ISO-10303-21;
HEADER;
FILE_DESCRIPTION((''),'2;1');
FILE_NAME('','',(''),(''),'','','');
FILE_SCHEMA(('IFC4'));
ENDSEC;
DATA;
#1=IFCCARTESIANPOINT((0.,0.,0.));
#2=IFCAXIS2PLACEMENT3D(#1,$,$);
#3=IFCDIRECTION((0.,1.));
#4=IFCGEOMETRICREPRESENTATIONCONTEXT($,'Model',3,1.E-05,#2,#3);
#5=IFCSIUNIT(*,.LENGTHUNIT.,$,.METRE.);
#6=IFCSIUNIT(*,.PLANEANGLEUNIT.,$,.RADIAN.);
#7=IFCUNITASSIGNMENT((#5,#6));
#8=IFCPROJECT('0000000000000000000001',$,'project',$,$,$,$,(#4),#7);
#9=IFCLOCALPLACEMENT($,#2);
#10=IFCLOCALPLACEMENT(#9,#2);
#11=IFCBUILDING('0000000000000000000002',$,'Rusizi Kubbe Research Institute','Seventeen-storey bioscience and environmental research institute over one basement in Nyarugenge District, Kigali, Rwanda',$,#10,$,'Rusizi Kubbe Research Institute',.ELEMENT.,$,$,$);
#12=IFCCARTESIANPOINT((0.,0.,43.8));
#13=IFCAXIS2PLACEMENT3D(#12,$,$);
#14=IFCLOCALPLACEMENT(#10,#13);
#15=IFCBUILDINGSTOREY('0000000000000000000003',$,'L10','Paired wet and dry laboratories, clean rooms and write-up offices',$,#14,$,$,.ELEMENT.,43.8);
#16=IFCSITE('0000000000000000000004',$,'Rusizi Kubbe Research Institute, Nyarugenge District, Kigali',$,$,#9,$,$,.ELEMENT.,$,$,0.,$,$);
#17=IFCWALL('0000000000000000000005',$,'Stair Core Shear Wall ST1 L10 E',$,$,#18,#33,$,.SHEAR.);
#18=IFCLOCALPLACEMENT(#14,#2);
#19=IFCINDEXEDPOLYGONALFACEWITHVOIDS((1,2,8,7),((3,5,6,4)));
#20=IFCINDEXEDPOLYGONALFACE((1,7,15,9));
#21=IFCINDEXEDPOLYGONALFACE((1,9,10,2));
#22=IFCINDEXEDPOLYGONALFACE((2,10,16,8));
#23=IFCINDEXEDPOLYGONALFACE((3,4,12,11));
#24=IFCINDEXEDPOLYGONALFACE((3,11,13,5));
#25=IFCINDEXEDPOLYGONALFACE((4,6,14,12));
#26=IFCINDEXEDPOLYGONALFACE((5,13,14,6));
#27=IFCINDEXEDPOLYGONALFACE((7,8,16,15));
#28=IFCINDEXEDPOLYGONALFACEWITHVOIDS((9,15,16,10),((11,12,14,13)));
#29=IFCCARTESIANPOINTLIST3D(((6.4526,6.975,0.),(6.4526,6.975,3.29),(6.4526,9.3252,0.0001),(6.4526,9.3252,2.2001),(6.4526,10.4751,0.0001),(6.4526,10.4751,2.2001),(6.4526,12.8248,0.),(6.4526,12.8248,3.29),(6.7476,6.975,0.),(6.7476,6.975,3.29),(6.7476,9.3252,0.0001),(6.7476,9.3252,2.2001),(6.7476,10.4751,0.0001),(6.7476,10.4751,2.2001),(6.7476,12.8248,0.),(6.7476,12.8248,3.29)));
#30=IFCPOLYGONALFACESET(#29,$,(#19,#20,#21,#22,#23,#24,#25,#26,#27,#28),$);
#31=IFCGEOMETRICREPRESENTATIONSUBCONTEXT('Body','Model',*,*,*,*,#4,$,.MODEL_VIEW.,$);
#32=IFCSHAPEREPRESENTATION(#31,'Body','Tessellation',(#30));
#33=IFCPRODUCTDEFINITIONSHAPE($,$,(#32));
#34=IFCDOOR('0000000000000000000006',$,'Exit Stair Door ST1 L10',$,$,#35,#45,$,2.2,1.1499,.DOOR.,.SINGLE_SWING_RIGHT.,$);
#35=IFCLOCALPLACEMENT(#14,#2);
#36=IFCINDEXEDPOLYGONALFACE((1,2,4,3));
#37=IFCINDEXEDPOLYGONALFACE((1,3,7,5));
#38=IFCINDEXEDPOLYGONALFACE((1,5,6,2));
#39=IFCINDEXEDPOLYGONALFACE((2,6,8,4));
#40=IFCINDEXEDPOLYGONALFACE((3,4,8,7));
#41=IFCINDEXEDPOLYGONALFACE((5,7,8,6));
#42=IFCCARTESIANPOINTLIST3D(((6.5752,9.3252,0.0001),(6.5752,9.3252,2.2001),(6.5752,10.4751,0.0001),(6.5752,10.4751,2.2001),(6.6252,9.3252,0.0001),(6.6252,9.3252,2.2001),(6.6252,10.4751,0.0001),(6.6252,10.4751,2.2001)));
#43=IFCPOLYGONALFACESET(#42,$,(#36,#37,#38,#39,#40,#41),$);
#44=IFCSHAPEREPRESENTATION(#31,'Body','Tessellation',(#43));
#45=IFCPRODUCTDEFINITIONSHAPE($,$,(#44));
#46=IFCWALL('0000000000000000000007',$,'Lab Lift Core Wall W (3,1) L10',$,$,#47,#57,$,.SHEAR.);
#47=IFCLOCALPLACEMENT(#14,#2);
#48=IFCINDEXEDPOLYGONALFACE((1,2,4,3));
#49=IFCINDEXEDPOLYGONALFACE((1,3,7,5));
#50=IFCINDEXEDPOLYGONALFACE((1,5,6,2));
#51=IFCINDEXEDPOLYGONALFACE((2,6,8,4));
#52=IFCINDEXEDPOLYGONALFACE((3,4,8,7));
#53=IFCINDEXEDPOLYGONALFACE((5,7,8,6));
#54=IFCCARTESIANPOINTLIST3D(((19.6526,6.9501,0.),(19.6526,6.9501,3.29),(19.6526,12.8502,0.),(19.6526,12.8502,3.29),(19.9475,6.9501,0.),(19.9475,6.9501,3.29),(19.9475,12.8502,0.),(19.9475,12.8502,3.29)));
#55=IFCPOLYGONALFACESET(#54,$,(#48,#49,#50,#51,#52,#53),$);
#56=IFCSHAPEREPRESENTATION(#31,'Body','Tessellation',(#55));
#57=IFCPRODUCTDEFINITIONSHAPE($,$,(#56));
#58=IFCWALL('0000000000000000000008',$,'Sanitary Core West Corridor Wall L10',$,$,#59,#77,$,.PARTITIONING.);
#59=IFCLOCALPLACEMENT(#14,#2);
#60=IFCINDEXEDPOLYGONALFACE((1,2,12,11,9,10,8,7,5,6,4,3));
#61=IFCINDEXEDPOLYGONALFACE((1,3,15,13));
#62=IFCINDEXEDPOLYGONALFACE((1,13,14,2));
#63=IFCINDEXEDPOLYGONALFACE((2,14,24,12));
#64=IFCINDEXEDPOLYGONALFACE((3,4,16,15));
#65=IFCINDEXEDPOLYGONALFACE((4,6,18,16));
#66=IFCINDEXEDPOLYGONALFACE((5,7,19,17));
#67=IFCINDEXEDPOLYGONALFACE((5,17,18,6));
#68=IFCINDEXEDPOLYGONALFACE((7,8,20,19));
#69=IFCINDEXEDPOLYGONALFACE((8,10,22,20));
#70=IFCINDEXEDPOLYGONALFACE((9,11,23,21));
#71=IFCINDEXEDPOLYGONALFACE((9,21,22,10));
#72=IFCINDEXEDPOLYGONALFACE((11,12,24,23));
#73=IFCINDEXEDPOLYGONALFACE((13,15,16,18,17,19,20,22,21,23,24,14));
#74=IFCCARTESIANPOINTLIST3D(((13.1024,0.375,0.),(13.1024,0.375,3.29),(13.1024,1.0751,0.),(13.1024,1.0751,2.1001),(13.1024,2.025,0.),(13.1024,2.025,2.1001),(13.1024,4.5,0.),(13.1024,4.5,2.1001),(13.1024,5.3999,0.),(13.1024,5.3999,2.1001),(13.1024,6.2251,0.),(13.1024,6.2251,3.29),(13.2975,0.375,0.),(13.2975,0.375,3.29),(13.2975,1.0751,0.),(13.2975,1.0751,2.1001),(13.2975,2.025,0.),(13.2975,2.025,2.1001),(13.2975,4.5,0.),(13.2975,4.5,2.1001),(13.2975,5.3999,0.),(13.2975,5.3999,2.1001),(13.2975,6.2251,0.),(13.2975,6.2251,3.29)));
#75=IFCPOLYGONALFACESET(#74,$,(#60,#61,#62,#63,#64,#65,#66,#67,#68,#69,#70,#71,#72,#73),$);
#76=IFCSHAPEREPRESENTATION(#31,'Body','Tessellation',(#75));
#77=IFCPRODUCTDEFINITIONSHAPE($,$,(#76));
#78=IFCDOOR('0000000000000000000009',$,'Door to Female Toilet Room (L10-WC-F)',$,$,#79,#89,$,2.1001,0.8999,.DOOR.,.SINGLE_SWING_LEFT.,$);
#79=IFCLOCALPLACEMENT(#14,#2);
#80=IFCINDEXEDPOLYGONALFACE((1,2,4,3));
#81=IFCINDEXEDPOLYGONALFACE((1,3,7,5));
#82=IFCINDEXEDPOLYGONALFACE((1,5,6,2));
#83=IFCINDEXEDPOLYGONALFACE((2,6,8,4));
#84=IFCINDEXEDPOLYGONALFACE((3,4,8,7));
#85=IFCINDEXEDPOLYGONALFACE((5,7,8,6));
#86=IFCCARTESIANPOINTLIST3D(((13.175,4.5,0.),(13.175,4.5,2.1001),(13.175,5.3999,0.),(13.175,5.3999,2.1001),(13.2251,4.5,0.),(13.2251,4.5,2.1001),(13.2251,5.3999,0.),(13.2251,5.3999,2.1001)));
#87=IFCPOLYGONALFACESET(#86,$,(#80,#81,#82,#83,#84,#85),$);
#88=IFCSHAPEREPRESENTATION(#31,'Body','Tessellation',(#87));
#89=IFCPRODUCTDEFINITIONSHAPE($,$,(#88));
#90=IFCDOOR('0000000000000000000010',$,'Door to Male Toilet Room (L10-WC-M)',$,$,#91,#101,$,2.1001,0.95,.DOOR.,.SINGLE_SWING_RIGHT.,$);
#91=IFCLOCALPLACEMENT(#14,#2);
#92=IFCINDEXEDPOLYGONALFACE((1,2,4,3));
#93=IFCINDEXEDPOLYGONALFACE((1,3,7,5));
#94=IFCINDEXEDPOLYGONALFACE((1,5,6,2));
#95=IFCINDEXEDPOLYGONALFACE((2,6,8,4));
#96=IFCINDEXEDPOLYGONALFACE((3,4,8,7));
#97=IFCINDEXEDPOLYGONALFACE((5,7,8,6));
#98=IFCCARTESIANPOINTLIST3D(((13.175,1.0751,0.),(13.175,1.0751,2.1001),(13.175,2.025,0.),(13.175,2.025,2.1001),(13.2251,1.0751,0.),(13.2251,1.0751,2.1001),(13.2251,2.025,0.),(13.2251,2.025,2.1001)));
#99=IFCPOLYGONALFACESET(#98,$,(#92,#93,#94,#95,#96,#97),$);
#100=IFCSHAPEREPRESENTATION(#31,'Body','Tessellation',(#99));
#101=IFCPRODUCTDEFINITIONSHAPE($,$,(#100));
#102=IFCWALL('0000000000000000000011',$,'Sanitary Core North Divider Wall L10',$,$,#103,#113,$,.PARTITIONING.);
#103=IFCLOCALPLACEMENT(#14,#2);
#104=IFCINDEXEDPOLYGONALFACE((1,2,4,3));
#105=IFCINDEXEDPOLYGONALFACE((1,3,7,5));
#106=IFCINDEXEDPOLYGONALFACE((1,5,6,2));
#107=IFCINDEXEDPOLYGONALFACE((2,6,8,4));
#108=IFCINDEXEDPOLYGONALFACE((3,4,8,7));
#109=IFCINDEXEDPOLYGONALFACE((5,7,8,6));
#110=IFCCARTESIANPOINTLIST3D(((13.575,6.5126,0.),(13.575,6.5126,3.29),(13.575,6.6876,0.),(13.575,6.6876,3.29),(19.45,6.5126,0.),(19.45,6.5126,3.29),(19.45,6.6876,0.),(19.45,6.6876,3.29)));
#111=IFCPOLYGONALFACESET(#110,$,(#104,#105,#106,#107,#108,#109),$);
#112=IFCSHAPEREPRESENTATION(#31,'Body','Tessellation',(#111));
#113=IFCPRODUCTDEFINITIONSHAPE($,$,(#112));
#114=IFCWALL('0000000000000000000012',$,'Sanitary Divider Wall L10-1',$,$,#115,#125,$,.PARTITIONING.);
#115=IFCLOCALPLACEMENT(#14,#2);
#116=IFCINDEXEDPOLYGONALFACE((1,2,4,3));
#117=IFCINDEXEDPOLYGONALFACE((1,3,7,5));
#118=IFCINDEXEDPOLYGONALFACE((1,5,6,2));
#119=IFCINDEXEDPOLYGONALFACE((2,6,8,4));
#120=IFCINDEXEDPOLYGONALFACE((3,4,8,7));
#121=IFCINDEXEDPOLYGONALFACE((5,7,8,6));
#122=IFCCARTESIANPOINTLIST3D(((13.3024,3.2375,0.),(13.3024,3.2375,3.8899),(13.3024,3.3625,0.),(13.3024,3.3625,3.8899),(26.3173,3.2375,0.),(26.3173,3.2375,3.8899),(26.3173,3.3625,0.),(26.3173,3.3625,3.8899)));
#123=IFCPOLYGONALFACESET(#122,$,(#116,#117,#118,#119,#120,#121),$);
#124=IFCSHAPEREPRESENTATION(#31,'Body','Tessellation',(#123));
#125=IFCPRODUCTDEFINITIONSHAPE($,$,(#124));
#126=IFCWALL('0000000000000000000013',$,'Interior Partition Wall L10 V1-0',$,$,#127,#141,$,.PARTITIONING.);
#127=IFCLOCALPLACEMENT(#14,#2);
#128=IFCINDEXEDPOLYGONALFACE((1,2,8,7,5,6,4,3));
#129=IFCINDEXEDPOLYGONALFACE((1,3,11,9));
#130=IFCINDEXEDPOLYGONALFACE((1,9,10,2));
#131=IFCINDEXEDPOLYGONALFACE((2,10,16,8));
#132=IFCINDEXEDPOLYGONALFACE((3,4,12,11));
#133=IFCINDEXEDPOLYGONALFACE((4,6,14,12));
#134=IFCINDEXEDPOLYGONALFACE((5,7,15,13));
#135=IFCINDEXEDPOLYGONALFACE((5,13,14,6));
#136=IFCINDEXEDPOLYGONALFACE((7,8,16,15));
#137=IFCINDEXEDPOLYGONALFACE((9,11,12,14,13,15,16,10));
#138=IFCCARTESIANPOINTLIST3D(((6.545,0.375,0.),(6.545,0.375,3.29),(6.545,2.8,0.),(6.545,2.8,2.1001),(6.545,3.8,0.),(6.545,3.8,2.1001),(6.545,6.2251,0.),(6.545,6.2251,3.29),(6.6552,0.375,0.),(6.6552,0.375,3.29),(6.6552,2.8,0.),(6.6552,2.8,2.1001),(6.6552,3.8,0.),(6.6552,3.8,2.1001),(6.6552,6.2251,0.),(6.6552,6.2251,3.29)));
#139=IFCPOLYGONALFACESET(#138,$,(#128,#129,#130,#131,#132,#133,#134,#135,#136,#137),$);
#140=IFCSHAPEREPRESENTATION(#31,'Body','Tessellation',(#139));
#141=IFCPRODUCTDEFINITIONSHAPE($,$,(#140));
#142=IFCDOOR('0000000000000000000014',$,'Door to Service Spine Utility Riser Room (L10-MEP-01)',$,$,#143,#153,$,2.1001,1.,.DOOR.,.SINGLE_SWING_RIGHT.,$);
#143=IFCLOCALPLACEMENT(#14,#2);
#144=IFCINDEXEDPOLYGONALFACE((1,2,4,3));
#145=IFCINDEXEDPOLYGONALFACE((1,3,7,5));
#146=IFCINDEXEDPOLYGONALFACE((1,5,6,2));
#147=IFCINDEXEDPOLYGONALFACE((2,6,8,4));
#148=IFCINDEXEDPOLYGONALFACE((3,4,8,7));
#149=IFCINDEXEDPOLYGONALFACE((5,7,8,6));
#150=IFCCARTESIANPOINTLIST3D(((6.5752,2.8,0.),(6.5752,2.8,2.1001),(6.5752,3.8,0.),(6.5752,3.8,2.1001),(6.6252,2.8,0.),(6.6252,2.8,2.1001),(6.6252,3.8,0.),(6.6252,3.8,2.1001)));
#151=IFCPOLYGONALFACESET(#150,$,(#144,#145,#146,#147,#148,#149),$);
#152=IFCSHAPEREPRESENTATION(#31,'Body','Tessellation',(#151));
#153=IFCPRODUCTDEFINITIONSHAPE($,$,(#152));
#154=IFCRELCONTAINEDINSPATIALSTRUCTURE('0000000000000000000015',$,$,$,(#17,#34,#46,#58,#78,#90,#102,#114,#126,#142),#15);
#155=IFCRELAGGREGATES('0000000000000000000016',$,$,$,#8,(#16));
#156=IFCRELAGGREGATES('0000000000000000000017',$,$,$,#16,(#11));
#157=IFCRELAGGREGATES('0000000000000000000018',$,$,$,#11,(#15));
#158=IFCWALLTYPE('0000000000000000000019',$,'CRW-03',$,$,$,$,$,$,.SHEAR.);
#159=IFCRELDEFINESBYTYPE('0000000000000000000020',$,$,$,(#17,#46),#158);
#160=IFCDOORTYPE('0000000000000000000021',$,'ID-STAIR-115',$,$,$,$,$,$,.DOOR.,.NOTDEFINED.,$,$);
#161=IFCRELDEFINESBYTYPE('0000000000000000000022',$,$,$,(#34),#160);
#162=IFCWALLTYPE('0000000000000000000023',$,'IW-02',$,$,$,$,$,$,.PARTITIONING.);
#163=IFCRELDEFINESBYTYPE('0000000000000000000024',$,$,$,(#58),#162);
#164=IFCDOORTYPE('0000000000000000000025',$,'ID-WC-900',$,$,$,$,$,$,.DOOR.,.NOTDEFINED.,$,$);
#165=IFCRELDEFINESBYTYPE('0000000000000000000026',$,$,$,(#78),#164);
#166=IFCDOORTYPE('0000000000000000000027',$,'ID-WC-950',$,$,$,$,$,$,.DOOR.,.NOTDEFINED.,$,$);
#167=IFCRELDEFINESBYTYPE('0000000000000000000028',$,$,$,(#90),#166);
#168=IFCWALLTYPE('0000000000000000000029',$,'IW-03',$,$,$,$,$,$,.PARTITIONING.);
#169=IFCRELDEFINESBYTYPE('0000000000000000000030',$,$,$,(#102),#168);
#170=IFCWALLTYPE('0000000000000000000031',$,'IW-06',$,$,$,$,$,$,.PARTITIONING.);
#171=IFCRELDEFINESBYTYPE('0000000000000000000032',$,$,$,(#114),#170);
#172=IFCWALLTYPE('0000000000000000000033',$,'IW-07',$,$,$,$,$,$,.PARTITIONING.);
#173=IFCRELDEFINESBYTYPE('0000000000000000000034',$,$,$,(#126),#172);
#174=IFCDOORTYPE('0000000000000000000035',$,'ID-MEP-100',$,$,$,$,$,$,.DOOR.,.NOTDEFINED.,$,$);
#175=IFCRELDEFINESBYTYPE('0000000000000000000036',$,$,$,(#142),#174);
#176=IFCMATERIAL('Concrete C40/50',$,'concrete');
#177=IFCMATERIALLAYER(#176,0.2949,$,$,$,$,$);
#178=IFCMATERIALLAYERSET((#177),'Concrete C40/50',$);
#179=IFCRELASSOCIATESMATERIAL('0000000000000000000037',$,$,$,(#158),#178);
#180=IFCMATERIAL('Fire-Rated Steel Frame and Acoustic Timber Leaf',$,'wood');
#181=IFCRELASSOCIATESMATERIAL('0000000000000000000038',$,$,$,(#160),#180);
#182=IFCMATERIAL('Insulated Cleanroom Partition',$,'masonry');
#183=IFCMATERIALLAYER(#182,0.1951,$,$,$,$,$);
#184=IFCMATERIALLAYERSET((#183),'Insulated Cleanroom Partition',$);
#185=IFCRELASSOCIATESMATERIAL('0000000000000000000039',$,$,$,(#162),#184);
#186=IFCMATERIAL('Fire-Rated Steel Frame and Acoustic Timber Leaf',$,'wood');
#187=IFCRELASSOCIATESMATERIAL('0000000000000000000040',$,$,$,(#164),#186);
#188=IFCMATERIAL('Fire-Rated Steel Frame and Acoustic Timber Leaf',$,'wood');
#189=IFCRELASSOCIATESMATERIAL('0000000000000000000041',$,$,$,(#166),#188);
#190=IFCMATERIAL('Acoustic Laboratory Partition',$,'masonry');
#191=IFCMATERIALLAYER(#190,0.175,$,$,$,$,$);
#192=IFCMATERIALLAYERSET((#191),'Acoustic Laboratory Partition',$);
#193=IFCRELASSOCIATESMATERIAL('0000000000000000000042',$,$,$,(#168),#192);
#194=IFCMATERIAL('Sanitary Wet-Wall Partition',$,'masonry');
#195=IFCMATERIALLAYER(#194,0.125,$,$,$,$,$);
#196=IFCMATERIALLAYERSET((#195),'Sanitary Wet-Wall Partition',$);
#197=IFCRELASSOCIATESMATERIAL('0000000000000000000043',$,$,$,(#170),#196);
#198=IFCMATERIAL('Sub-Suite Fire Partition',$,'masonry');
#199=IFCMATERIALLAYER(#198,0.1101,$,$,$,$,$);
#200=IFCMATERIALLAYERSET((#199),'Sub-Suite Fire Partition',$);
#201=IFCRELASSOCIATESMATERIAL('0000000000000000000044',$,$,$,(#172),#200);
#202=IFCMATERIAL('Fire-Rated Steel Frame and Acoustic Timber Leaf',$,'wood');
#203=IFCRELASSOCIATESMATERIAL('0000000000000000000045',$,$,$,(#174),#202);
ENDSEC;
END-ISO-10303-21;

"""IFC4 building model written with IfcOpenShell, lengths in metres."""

from ifc_helpers import new_model, si_unit, direction, frame, frame_2d, origin, place, context, subcontext, project, spatial, rectangle, extrude, material, layer, layer_set, type_object, element, fill, save


model = new_model("IFC4")

# Units and contexts
model_context = context("Model", 3, precision=1e-05, world=origin(), true_north=direction((0.0, 1.0)))
body_context = subcontext(model_context, "Body", "Model", "MODEL_VIEW")
ifc_project = project(units=[si_unit("LENGTHUNIT", "METRE"), si_unit("PLANEANGLEUNIT", "RADIAN")], contexts=[model_context])

# Site, building, storey
site_placement = place(None, origin())
site = spatial("IfcSite", under=ifc_project, at=site_placement, Name="Rusizi Kubbe Research Institute, Nyarugenge District, Kigali", CompositionType="ELEMENT", RefElevation=0.0)
building_placement = place(site_placement, origin())
building = spatial("IfcBuilding", under=site, at=building_placement, Name="Rusizi Kubbe Research Institute", Description="Seventeen-storey bioscience and environmental research institute over one basement in Nyarugenge District, Kigali, Rwanda", LongName="Rusizi Kubbe Research Institute", CompositionType="ELEMENT")
storey_placement = place(building_placement, frame((0.0, 0.0, 43.8)))
storey = spatial("IfcBuildingStorey", under=building, at=storey_placement, Name="L10", Description="Paired wet and dry laboratories, clean rooms and write-up offices", CompositionType="ELEMENT", Elevation=43.8)

# Wall, opening, door
ifc_material_1 = material(Name="Concrete C40/50", Category="concrete")
ifc_layer_1 = layer(ifc_material_1, 0.2949)
ifc_layer_set_1 = layer_set([ifc_layer_1], Name="Concrete C40/50")
wall_type_1 = type_object("IfcWallType", Name="CRW-03", PredefinedType="SHEAR", material=ifc_layer_set_1)
wall_1_placement = place(storey_placement, frame((6.6001, 6.9751, 0.0), z_axis=(0.0, 0.0, 1.0), x_axis=(0.0, 1.0, 0.0)))
wall_1 = element("IfcWall", 1, at=wall_1_placement, inside=storey, type_object=wall_type_1, Name="Stair Core Shear Wall ST1 L10 E", PredefinedType="SHEAR", context=body_context, shape_type="SweptSolid", body=[
    extrude(rectangle(XDim=5.8499, YDim=0.2949, at=frame_2d((2.9248, 0.0))), origin(), (0.0, 0.0, 1.0), 3.29),
])
opening_1_placement = place(wall_1_placement, frame((2.3501, 0.0, 0.0)))
opening_1 = element("IfcOpeningElement", 2, at=opening_1_placement, cuts=wall_1, PredefinedType="OPENING", context=body_context, shape_type="SweptSolid", body=[
    extrude(rectangle(XDim=1.1499, YDim=2.2, at=frame_2d((0.575, 1.1001))), frame((0.0, 0.1575, 0.0), z_axis=(0.0, -1.0, 0.0), x_axis=(1.0, 0.0, 0.0)), (0.0, 0.0, 1.0), 0.3149),
])
ifc_material_2 = material(Name="Fire-Rated Steel Frame and Acoustic Timber Leaf", Category="wood")
door_type_1 = type_object("IfcDoorType", Name="ID-STAIR-115", OperationType="NOTDEFINED", PredefinedType="DOOR", material=ifc_material_2)
door_1_placement = place(opening_1_placement, origin())
door_1 = element("IfcDoor", 3, at=door_1_placement, inside=storey, type_object=door_type_1, Name="Exit Stair Door ST1 L10", OperationType="SINGLE_SWING_RIGHT", OverallHeight=2.2, OverallWidth=1.1499, PredefinedType="DOOR", context=body_context, shape_type="SweptSolid", body=[
    extrude(rectangle(XDim=1.1499, YDim=2.2, at=frame_2d((0.575, 1.1001))), frame((0.0, 0.0249, 0.0), z_axis=(0.0, -1.0, 0.0), x_axis=(1.0, 0.0, 0.0)), (0.0, 0.0, 1.0), 0.05),
])
fill(opening_1, door_1)

# Wall
wall_2_placement = place(storey_placement, frame((19.8, 6.95, 0.0), z_axis=(0.0, 0.0, 1.0), x_axis=(0.0, 1.0, 0.0)))
element("IfcWall", 4, at=wall_2_placement, inside=storey, type_object=wall_type_1, Name="Lab Lift Core Wall W (3,1) L10", PredefinedType="SHEAR", context=body_context, shape_type="SweptSolid", body=[
    extrude(rectangle(XDim=5.9001, YDim=0.2949, at=frame_2d((2.9502, 0.0))), origin(), (0.0, 0.0, 1.0), 3.29),
])

# Wall, openings, doors
ifc_material_3 = material(Name="Insulated Cleanroom Partition", Category="masonry")
ifc_layer_2 = layer(ifc_material_3, 0.1951)
ifc_layer_set_2 = layer_set([ifc_layer_2], Name="Insulated Cleanroom Partition")
wall_type_2 = type_object("IfcWallType", Name="IW-02", PredefinedType="PARTITIONING", material=ifc_layer_set_2)
wall_3_placement = place(storey_placement, frame((13.2, 0.375, 0.0), z_axis=(0.0, 0.0, 1.0), x_axis=(0.0, 1.0, 0.0)))
wall_3 = element("IfcWall", 5, at=wall_3_placement, inside=storey, type_object=wall_type_2, Name="Sanitary Core West Corridor Wall L10", PredefinedType="PARTITIONING", context=body_context, shape_type="SweptSolid", body=[
    extrude(rectangle(XDim=5.8501, YDim=0.1951, at=frame_2d((2.925, 0.0))), origin(), (0.0, 0.0, 1.0), 3.29),
])
opening_2_placement = place(wall_3_placement, frame((0.7, 0.0, 0.0)))
opening_2 = element("IfcOpeningElement", 6, at=opening_2_placement, cuts=wall_3, PredefinedType="OPENING", context=body_context, shape_type="SweptSolid", body=[
    extrude(rectangle(XDim=0.95, YDim=2.1001, at=frame_2d((0.4751, 1.05))), frame((0.0, 0.1074, 0.0), z_axis=(0.0, -1.0, 0.0), x_axis=(1.0, 0.0, 0.0)), (0.0, 0.0, 1.0), 0.2151),
])
opening_3_placement = place(wall_3_placement, frame((4.125, 0.0, 0.0)))
opening_3 = element("IfcOpeningElement", 7, at=opening_3_placement, cuts=wall_3, PredefinedType="OPENING", context=body_context, shape_type="SweptSolid", body=[
    extrude(rectangle(XDim=0.8999, YDim=2.1001, at=frame_2d((0.45, 1.05))), frame((0.0, 0.1074, 0.0), z_axis=(0.0, -1.0, 0.0), x_axis=(1.0, 0.0, 0.0)), (0.0, 0.0, 1.0), 0.2151),
])
ifc_material_4 = material(Name="Fire-Rated Steel Frame and Acoustic Timber Leaf", Category="wood")
door_type_2 = type_object("IfcDoorType", Name="ID-WC-900", OperationType="NOTDEFINED", PredefinedType="DOOR", material=ifc_material_4)
door_2_placement = place(opening_3_placement, origin())
door_2 = element("IfcDoor", 8, at=door_2_placement, inside=storey, type_object=door_type_2, Name="Door to Female Toilet Room (L10-WC-F)", OperationType="SINGLE_SWING_LEFT", OverallHeight=2.1001, OverallWidth=0.8999, PredefinedType="DOOR", context=body_context, shape_type="SweptSolid", body=[
    extrude(rectangle(XDim=0.8999, YDim=2.1001, at=frame_2d((0.45, 1.05))), frame((0.0, 0.0249, 0.0), z_axis=(0.0, -1.0, 0.0), x_axis=(1.0, 0.0, 0.0)), (0.0, 0.0, 1.0), 0.05),
])
fill(opening_3, door_2)
ifc_material_5 = material(Name="Fire-Rated Steel Frame and Acoustic Timber Leaf", Category="wood")
door_type_3 = type_object("IfcDoorType", Name="ID-WC-950", OperationType="NOTDEFINED", PredefinedType="DOOR", material=ifc_material_5)
door_3_placement = place(opening_2_placement, origin())
door_3 = element("IfcDoor", 9, at=door_3_placement, inside=storey, type_object=door_type_3, Name="Door to Male Toilet Room (L10-WC-M)", OperationType="SINGLE_SWING_RIGHT", OverallHeight=2.1001, OverallWidth=0.95, PredefinedType="DOOR", context=body_context, shape_type="SweptSolid", body=[
    extrude(rectangle(XDim=0.95, YDim=2.1001, at=frame_2d((0.4751, 1.05))), frame((0.0, 0.0249, 0.0), z_axis=(0.0, -1.0, 0.0), x_axis=(1.0, 0.0, 0.0)), (0.0, 0.0, 1.0), 0.05),
])
fill(opening_2, door_3)

# Wall
ifc_material_6 = material(Name="Acoustic Laboratory Partition", Category="masonry")
ifc_layer_3 = layer(ifc_material_6, 0.175)
ifc_layer_set_3 = layer_set([ifc_layer_3], Name="Acoustic Laboratory Partition")
wall_type_3 = type_object("IfcWallType", Name="IW-03", PredefinedType="PARTITIONING", material=ifc_layer_set_3)
wall_4_placement = place(storey_placement, frame((13.575, 6.6001, 0.0), z_axis=(0.0, 0.0, 1.0), x_axis=(1.0, 0.0, 0.0)))
element("IfcWall", 10, at=wall_4_placement, inside=storey, type_object=wall_type_3, Name="Sanitary Core North Divider Wall L10", PredefinedType="PARTITIONING", context=body_context, shape_type="SweptSolid", body=[
    extrude(rectangle(XDim=5.875, YDim=0.175, at=frame_2d((2.9375, 0.0))), origin(), (0.0, 0.0, 1.0), 3.29),
])

# Wall
ifc_material_7 = material(Name="Sanitary Wet-Wall Partition", Category="masonry")
ifc_layer_4 = layer(ifc_material_7, 0.125)
ifc_layer_set_4 = layer_set([ifc_layer_4], Name="Sanitary Wet-Wall Partition")
wall_type_4 = type_object("IfcWallType", Name="IW-06", PredefinedType="PARTITIONING", material=ifc_layer_set_4)
wall_5_placement = place(storey_placement, frame((13.3025, 3.3, 0.0), z_axis=(0.0, 0.0, 1.0), x_axis=(1.0, 0.0, 0.0)))
element("IfcWall", 11, at=wall_5_placement, inside=storey, type_object=wall_type_4, Name="Sanitary Divider Wall L10-1", PredefinedType="PARTITIONING", context=body_context, shape_type="SweptSolid", body=[
    extrude(rectangle(XDim=13.0149, YDim=0.125, at=frame_2d((6.5073, 0.0))), origin(), (0.0, 0.0, 1.0), 3.8899),
])

# Wall, opening, door
ifc_material_8 = material(Name="Sub-Suite Fire Partition", Category="masonry")
ifc_layer_5 = layer(ifc_material_8, 0.1101)
ifc_layer_set_5 = layer_set([ifc_layer_5], Name="Sub-Suite Fire Partition")
wall_type_5 = type_object("IfcWallType", Name="IW-07", PredefinedType="PARTITIONING", material=ifc_layer_set_5)
wall_6_placement = place(storey_placement, frame((6.6001, 0.375, 0.0), z_axis=(0.0, 0.0, 1.0), x_axis=(0.0, 1.0, 0.0)))
wall_6 = element("IfcWall", 12, at=wall_6_placement, inside=storey, type_object=wall_type_5, Name="Interior Partition Wall L10 V1-0", PredefinedType="PARTITIONING", context=body_context, shape_type="SweptSolid", body=[
    extrude(rectangle(XDim=5.8501, YDim=0.1101, at=frame_2d((2.925, 0.0))), origin(), (0.0, 0.0, 1.0), 3.29),
])
opening_4_placement = place(wall_6_placement, frame((2.425, 0.0, 0.0)))
opening_4 = element("IfcOpeningElement", 13, at=opening_4_placement, cuts=wall_6, PredefinedType="OPENING", context=body_context, shape_type="SweptSolid", body=[
    extrude(rectangle(XDim=1.0, YDim=2.1001, at=frame_2d((0.5, 1.05))), frame((0.0, 0.0649, 0.0), z_axis=(0.0, -1.0, 0.0), x_axis=(1.0, 0.0, 0.0)), (0.0, 0.0, 1.0), 0.1301),
])
ifc_material_9 = material(Name="Fire-Rated Steel Frame and Acoustic Timber Leaf", Category="wood")
door_type_4 = type_object("IfcDoorType", Name="ID-MEP-100", OperationType="NOTDEFINED", PredefinedType="DOOR", material=ifc_material_9)
door_4_placement = place(opening_4_placement, origin())
door_4 = element("IfcDoor", 14, at=door_4_placement, inside=storey, type_object=door_type_4, Name="Door to Service Spine Utility Riser Room (L10-MEP-01)", OperationType="SINGLE_SWING_RIGHT", OverallHeight=2.1001, OverallWidth=1.0, PredefinedType="DOOR", context=body_context, shape_type="SweptSolid", body=[
    extrude(rectangle(XDim=1.0, YDim=2.1001, at=frame_2d((0.5, 1.05))), frame((0.0, 0.0249, 0.0), z_axis=(0.0, -1.0, 0.0), x_axis=(1.0, 0.0, 0.0)), (0.0, 0.0, 1.0), 0.05),
])
fill(opening_4, door_4)

save(model, "model.ifc")
